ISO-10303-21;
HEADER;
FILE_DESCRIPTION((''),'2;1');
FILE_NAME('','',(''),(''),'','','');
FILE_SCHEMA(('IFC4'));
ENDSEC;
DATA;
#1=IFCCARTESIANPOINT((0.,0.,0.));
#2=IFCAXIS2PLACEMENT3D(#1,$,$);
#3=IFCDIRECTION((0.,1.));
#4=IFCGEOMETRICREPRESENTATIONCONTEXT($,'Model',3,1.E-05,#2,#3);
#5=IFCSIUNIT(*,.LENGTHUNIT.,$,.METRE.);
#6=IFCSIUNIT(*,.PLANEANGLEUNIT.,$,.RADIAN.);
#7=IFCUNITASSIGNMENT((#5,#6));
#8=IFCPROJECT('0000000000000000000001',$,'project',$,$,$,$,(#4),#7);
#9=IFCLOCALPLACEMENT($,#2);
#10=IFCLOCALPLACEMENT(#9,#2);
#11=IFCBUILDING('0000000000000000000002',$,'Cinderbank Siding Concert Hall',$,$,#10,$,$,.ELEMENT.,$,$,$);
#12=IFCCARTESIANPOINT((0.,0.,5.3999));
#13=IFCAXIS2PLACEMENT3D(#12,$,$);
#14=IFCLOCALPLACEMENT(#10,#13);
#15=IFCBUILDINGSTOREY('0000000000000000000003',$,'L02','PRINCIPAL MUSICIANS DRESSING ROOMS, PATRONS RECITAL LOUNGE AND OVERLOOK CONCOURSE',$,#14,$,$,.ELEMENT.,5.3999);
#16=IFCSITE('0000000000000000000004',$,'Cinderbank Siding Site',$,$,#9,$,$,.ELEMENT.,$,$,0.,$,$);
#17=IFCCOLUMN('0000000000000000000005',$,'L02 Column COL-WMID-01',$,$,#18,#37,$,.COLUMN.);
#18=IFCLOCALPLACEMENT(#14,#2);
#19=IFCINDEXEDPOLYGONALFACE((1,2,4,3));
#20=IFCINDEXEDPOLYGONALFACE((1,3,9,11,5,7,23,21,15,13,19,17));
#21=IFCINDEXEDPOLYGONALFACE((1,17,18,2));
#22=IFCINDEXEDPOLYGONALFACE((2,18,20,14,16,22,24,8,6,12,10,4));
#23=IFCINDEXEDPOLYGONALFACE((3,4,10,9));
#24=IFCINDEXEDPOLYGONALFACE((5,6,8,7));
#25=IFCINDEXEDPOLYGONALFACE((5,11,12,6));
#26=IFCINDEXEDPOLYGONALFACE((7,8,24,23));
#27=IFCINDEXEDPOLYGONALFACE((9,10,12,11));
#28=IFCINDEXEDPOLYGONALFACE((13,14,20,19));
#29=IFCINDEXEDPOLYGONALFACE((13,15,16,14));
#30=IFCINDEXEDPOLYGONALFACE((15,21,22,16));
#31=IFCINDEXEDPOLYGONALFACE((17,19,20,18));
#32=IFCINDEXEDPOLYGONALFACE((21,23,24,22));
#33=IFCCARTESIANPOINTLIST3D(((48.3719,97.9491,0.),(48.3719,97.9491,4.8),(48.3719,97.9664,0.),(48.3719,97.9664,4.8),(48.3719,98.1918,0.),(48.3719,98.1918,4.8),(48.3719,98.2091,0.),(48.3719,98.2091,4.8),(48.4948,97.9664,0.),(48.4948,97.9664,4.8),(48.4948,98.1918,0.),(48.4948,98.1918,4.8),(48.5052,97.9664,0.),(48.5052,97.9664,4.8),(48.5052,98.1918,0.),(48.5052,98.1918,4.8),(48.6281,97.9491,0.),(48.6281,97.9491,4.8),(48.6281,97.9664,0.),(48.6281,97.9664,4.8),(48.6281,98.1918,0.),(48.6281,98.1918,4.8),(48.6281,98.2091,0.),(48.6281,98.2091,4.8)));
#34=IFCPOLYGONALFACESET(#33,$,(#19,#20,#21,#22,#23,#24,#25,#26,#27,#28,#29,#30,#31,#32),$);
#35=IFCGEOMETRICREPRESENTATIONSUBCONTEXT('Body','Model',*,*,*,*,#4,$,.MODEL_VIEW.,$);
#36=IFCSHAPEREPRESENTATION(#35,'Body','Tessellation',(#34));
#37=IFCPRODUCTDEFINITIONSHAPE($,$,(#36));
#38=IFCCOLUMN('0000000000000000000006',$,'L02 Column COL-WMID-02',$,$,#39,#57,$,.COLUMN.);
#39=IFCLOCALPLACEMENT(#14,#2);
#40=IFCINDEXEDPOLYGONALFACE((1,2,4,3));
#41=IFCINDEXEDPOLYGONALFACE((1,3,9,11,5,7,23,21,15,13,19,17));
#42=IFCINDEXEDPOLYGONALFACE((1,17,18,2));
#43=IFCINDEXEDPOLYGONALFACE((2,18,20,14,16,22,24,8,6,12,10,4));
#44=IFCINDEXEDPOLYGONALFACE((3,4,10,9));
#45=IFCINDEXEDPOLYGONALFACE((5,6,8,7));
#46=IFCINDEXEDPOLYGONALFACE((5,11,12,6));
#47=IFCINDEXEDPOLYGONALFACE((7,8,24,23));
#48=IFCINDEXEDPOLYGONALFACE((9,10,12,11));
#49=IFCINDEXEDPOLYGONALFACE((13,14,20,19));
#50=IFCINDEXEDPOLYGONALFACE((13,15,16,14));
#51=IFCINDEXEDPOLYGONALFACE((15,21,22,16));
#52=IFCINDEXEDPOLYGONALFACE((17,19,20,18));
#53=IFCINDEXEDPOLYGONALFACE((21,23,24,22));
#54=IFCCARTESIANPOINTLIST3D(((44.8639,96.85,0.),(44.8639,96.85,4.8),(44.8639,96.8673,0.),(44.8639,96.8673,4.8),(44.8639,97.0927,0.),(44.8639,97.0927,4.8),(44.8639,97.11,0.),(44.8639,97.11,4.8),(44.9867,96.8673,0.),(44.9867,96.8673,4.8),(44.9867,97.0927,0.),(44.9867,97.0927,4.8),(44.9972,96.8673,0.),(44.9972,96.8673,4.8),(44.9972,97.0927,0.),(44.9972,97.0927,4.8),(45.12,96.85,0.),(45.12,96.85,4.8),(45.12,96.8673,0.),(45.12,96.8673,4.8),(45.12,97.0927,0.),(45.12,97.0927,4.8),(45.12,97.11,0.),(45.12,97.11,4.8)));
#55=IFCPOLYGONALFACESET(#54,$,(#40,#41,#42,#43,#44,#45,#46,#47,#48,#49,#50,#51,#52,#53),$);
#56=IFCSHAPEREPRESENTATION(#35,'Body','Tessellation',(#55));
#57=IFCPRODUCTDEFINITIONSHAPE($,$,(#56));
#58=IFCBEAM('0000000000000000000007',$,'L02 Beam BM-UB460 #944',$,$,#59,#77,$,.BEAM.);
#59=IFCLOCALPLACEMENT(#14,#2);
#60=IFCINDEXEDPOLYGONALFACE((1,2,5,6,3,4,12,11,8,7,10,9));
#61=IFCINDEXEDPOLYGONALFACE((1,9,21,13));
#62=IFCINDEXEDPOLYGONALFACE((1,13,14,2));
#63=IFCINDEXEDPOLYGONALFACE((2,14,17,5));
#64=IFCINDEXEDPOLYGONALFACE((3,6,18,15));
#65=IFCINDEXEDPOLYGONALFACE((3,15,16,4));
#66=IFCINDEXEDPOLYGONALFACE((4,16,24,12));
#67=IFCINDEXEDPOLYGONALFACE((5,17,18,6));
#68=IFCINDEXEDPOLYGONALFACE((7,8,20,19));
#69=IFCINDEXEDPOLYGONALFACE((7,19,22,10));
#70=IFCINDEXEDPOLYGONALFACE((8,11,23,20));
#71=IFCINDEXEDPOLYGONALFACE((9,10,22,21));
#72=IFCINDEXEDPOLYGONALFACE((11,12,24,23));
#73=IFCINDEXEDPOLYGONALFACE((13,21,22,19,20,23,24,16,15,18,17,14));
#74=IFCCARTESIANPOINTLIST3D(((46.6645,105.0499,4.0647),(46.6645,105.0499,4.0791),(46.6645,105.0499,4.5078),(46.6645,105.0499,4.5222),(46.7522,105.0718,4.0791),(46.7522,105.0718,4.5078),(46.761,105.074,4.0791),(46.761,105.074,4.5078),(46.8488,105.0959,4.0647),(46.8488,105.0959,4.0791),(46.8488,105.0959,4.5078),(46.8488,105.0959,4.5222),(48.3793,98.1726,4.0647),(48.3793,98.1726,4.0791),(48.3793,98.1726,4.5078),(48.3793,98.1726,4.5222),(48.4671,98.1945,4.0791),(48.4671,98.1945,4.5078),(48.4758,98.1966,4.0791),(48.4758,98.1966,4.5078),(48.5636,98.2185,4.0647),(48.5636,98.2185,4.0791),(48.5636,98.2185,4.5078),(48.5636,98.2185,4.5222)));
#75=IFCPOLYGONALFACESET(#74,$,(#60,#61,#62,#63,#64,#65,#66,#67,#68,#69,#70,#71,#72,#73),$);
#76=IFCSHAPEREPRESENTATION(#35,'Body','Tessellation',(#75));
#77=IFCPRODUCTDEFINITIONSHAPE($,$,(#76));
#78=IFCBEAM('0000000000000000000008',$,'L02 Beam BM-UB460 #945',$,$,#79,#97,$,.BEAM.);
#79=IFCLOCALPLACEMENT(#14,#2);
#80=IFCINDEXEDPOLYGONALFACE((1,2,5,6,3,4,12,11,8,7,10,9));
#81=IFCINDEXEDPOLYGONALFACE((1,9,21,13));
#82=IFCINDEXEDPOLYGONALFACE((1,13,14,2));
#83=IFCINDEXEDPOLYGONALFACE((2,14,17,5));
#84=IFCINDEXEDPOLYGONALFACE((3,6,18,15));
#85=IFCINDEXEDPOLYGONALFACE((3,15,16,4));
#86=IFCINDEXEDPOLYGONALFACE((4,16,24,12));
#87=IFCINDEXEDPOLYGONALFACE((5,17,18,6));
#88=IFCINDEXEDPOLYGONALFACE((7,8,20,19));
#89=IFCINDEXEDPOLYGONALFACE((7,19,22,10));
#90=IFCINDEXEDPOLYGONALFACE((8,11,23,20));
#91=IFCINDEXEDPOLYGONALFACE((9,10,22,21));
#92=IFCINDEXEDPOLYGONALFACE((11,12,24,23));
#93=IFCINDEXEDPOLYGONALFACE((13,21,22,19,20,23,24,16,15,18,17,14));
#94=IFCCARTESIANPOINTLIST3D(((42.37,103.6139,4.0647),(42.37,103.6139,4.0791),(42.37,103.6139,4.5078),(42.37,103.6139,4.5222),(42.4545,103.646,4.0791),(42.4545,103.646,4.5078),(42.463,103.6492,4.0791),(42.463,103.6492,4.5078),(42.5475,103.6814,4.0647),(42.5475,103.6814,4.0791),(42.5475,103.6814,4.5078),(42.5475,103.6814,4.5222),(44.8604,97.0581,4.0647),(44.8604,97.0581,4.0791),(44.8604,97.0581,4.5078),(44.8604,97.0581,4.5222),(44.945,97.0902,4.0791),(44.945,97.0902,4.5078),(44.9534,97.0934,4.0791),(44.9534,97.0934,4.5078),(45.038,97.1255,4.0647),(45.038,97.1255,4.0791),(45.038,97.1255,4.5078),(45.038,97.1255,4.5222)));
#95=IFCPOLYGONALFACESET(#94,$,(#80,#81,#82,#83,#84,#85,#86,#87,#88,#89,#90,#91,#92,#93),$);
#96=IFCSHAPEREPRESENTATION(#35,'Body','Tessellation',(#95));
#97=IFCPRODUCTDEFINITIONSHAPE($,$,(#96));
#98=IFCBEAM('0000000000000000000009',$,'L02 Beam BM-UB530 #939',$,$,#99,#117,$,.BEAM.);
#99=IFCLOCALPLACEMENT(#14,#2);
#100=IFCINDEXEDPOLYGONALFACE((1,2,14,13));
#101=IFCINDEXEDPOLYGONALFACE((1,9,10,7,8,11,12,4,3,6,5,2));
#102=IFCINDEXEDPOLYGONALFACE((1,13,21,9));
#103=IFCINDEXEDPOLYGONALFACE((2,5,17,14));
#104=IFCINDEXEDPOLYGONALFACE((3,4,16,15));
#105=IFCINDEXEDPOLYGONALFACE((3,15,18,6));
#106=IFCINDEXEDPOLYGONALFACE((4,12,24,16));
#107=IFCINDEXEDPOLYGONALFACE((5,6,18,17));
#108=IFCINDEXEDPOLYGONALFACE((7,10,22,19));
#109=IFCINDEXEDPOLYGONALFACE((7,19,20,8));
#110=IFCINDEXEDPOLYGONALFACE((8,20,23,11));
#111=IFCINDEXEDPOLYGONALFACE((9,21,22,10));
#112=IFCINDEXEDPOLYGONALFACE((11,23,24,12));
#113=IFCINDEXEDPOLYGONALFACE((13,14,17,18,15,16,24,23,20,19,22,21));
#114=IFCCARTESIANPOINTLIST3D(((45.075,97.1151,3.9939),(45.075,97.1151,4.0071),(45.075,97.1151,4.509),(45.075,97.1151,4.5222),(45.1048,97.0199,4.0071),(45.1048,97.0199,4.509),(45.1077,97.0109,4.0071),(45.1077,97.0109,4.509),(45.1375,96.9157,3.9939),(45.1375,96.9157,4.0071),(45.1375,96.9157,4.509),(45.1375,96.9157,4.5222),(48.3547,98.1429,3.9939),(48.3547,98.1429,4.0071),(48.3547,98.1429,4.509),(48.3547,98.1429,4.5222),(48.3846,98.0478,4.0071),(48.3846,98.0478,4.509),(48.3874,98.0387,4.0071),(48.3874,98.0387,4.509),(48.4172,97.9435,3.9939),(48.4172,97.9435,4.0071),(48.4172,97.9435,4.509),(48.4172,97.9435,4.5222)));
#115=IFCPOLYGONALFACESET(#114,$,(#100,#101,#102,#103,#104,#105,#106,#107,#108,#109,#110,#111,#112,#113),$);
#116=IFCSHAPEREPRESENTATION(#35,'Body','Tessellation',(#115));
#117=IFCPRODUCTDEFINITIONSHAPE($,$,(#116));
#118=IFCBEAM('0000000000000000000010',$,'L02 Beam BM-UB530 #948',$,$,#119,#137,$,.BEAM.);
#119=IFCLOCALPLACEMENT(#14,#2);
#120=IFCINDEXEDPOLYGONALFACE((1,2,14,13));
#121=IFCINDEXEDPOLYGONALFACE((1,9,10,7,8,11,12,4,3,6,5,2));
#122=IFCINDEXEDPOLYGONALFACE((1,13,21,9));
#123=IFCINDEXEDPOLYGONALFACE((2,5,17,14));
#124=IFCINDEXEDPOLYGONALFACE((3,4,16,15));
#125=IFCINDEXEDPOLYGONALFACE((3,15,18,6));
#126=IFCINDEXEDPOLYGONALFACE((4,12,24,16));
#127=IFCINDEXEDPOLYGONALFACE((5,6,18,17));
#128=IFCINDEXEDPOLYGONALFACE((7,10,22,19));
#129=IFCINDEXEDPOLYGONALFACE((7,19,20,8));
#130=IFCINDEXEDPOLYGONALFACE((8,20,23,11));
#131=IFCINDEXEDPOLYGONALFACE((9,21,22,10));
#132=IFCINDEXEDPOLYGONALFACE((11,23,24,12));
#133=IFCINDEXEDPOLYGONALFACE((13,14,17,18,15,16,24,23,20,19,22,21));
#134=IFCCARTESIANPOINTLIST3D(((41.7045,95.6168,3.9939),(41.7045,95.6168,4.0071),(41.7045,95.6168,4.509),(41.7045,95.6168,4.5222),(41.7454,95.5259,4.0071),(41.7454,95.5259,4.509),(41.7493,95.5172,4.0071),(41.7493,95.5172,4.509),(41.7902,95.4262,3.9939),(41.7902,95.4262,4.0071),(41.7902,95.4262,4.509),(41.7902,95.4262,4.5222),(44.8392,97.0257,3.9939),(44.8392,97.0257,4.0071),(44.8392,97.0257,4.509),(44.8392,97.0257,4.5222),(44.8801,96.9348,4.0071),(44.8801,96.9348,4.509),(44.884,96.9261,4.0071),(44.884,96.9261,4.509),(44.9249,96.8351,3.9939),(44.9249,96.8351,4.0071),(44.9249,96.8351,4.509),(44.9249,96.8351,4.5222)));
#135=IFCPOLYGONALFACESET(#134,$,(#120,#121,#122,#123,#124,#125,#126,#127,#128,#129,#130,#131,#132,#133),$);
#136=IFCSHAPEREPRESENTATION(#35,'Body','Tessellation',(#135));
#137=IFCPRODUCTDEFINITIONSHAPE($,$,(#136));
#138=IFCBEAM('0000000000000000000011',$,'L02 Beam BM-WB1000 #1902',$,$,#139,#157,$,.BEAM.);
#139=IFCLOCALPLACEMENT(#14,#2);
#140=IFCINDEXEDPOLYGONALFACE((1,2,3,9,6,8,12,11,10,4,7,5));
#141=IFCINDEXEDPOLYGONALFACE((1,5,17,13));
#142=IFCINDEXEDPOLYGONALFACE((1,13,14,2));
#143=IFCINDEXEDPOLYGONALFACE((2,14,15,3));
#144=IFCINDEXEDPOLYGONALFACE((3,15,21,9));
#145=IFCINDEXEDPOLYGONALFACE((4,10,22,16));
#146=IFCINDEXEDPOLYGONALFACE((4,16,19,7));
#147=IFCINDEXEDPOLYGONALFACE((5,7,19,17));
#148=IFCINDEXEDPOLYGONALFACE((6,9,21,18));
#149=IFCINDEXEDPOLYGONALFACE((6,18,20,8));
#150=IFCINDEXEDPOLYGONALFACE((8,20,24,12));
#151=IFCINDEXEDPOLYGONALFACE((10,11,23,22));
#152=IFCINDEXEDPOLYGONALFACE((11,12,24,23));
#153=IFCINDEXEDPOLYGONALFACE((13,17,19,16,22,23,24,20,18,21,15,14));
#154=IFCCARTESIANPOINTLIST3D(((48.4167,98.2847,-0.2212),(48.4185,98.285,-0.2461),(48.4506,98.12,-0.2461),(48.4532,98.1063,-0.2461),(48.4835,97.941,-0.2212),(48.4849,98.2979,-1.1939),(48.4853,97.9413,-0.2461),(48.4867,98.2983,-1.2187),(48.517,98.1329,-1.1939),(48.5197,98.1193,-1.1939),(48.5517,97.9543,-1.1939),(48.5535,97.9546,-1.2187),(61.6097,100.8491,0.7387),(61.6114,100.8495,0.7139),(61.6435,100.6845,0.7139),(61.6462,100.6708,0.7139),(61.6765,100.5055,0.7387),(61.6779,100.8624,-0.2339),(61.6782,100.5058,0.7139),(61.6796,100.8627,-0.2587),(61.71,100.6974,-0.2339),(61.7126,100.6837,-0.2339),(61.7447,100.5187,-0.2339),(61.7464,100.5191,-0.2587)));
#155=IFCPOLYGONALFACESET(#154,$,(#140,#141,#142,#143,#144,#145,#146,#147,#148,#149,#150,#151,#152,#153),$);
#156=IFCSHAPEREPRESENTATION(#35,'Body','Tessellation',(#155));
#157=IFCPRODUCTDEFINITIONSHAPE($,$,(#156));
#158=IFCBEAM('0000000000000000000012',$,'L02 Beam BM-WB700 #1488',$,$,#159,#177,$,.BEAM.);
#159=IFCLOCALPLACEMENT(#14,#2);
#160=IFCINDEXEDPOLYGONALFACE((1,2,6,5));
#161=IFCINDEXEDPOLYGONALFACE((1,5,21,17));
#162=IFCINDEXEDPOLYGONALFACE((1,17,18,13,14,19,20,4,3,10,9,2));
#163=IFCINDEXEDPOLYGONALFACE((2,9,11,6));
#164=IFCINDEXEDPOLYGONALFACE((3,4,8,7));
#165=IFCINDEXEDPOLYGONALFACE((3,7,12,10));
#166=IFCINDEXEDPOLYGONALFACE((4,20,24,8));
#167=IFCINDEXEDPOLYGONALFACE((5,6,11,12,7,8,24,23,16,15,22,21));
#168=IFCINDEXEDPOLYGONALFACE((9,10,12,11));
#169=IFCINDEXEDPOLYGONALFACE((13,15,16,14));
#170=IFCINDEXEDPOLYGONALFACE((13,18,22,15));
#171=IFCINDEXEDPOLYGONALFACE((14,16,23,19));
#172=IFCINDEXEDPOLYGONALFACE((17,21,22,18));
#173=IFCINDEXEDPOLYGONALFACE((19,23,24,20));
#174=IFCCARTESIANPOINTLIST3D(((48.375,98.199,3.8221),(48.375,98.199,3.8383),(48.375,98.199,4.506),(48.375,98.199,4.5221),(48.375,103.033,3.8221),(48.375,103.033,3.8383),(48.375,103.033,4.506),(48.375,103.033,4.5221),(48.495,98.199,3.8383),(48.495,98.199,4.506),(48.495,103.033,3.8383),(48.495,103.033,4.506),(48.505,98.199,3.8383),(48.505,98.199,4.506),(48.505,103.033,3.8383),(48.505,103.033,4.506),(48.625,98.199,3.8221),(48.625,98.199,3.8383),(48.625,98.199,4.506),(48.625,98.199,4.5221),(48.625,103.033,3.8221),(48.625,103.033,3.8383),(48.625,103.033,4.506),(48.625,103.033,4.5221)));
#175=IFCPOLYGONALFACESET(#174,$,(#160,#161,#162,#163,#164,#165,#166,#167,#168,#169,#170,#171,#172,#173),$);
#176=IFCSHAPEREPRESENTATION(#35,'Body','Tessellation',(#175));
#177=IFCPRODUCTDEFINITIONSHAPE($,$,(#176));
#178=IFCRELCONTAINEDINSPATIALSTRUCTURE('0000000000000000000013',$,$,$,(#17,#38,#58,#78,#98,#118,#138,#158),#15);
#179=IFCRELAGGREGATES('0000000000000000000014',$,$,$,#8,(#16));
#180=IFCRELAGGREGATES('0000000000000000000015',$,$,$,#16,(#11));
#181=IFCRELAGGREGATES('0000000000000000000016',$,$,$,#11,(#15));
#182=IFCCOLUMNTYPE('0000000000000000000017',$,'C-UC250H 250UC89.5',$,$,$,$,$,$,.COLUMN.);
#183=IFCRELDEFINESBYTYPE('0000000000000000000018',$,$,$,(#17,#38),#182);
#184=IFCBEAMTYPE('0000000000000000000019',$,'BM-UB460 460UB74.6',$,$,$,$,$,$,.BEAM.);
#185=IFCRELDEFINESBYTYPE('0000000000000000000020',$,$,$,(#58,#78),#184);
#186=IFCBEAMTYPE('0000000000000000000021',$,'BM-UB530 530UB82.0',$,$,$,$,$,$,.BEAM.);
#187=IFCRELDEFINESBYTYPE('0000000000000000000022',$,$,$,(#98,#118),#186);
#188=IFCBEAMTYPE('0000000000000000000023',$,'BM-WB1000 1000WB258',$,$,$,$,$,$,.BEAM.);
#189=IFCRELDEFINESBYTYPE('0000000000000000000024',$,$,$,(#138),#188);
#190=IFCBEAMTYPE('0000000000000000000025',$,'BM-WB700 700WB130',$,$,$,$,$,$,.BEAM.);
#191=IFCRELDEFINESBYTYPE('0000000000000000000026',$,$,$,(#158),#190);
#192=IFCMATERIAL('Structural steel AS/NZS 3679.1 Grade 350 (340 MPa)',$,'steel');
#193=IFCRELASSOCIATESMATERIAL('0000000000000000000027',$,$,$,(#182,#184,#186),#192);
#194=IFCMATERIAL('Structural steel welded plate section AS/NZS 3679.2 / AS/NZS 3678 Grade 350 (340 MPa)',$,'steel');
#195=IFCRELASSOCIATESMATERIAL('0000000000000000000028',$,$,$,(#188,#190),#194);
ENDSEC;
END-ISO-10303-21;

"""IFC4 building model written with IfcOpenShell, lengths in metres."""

from ifc_helpers import new_model, si_unit, direction, frame, origin, origin_2d, place, context, subcontext, project, spatial, i_section, extrude, material, material_profile, profile_set, type_object, element, save


model = new_model("IFC4")

# Units and contexts
model_context = context("Model", 3, precision=1e-05, world=origin(), true_north=direction((0.0, 1.0)))
body_context = subcontext(model_context, "Body", "Model", "MODEL_VIEW")
ifc_project = project(units=[si_unit("LENGTHUNIT", "METRE"), si_unit("PLANEANGLEUNIT", "RADIAN")], contexts=[model_context])

# Site, building, storey
site_placement = place(None, origin())
site = spatial("IfcSite", under=ifc_project, at=site_placement, Name="Cinderbank Siding Site", CompositionType="ELEMENT", RefElevation=0.0)
building_placement = place(site_placement, origin())
building = spatial("IfcBuilding", under=site, at=building_placement, Name="Cinderbank Siding Concert Hall", CompositionType="ELEMENT")
storey_placement = place(building_placement, frame((0.0, 0.0, 5.3999)))
storey = spatial("IfcBuildingStorey", under=building, at=storey_placement, Name="L02", Description="PRINCIPAL MUSICIANS DRESSING ROOMS, PATRONS RECITAL LOUNGE AND OVERLOOK CONCOURSE", CompositionType="ELEMENT", Elevation=5.3999)

# Columns
ifc_material_1 = material(Name="Structural steel AS/NZS 3679.1 Grade 350 (340 MPa)", Category="steel")
ifc_material_profile_1 = material_profile(ifc_material_1, i_section(OverallWidth=0.2561, OverallDepth=0.26, WebThickness=0.0105, FlangeThickness=0.0173, at=origin_2d()), Name="250UC89.5", Category="LoadBearing")
ifc_profile_set_1 = profile_set([ifc_material_profile_1], Name="Structural steel AS/NZS 3679.1 Grade 350 (340 MPa)")
column_type = type_object("IfcColumnType", Name="C-UC250H 250UC89.5", PredefinedType="COLUMN", material=ifc_profile_set_1)
for number, where, z_axis, x_axis, name in (
    (1, (48.5, 98.0791, 0.0), (0.0, 0.0, 1.0), (1.0, 0.0, 0.0), "L02 Column COL-WMID-01"),
    (2, (44.9919, 96.98, 0.0), (0.0, 0.0, 1.0), (1.0, 0.0, 0.0), "L02 Column COL-WMID-02"),
):
    element("IfcColumn", number, at=place(storey_placement, frame(where, z_axis=z_axis, x_axis=x_axis)), inside=storey, type_object=column_type, Name=name, PredefinedType="COLUMN", context=body_context, shape_type="SweptSolid", body=[
        extrude(i_section(OverallWidth=0.2561, OverallDepth=0.26, WebThickness=0.0105, FlangeThickness=0.0173, at=origin_2d()), origin(), (0.0, 0.0, 1.0), 4.8),
    ])

# Beams
ifc_material_profile_2 = material_profile(ifc_material_1, i_section(OverallWidth=0.1899, OverallDepth=0.4575, WebThickness=0.009, FlangeThickness=0.0144, at=origin_2d()), Name="460UB74.6", Category="LoadBearing")
ifc_profile_set_2 = profile_set([ifc_material_profile_2], Name="Structural steel AS/NZS 3679.1 Grade 350 (340 MPa)")
beam_type_1 = type_object("IfcBeamType", Name="BM-UB460 460UB74.6", PredefinedType="BEAM", material=ifc_profile_set_2)
beam_1_placement = place(storey_placement, frame((48.4714, 98.1956, 4.2935), z_axis=(-0.241936, 0.970292, 0.0), x_axis=(-0.970292, -0.241936, 0.0)))
element("IfcBeam", 3, at=beam_1_placement, inside=storey, type_object=beam_type_1, Name="L02 Beam BM-UB460 #944", PredefinedType="BEAM", context=body_context, shape_type="SweptSolid", body=[
    extrude(i_section(OverallWidth=0.1899, OverallDepth=0.4575, WebThickness=0.009, FlangeThickness=0.0144, at=origin_2d()), origin(), (0.0, 0.0, 1.0), 7.0879),
])
beam_2_placement = place(storey_placement, frame((44.9492, 97.0918, 4.2935), z_axis=(-0.355122, 0.93482, 0.0), x_axis=(-0.93482, -0.355122, 0.0)))
element("IfcBeam", 4, at=beam_2_placement, inside=storey, type_object=beam_type_1, Name="L02 Beam BM-UB460 #945", PredefinedType="BEAM", context=body_context, shape_type="SweptSolid", body=[
    extrude(i_section(OverallWidth=0.1899, OverallDepth=0.4575, WebThickness=0.009, FlangeThickness=0.0144, at=origin_2d()), origin(), (0.0, 0.0, 1.0), 7.0129),
])
ifc_material_profile_3 = material_profile(ifc_material_1, i_section(OverallWidth=0.209, OverallDepth=0.5283, WebThickness=0.0095, FlangeThickness=0.0132, at=origin_2d()), Name="530UB82.0", Category="LoadBearing")
ifc_profile_set_3 = profile_set([ifc_material_profile_3], Name="Structural steel AS/NZS 3679.1 Grade 350 (340 MPa)")
beam_type_2 = type_object("IfcBeamType", Name="BM-UB530 530UB82.0", PredefinedType="BEAM", material=ifc_profile_set_3)
beam_3_placement = place(storey_placement, frame((48.386, 98.0432, 4.2581), z_axis=(-0.95424, -0.299043, 0.0), x_axis=(0.299043, -0.95424, 0.0)))
element("IfcBeam", 5, at=beam_3_placement, inside=storey, type_object=beam_type_2, Name="L02 Beam BM-UB530 #939", PredefinedType="BEAM", context=body_context, shape_type="SweptSolid", body=[
    extrude(i_section(OverallWidth=0.209, OverallDepth=0.5283, WebThickness=0.0095, FlangeThickness=0.0132, at=origin_2d()), origin(), (0.0, 0.0, 1.0), 3.437),
])
beam_4_placement = place(storey_placement, frame((44.8821, 96.9304, 4.2581), z_axis=(-0.912107, -0.409951, 0.0), x_axis=(0.409951, -0.912107, 0.0)))
element("IfcBeam", 6, at=beam_4_placement, inside=storey, type_object=beam_type_2, Name="L02 Beam BM-UB530 #948", PredefinedType="BEAM", context=body_context, shape_type="SweptSolid", body=[
    extrude(i_section(OverallWidth=0.209, OverallDepth=0.5283, WebThickness=0.0095, FlangeThickness=0.0132, at=origin_2d()), origin(), (0.0, 0.0, 1.0), 3.4368),
])
ifc_material_2 = material(Name="Structural steel welded plate section AS/NZS 3679.2 / AS/NZS 3678 Grade 350 (340 MPa)", Category="steel")
ifc_material_profile_4 = material_profile(ifc_material_2, i_section(OverallWidth=0.3501, OverallDepth=1.0, WebThickness=0.0139, FlangeThickness=0.0249, at=origin_2d()), Name="1000WB258", Category="LoadBearing")
ifc_profile_set_4 = profile_set([ifc_material_profile_4], Name="Structural steel welded plate section AS/NZS 3679.2 / AS/NZS 3678 Grade 350 (340 MPa)")
beam_type_3 = type_object("IfcBeamType", Name="BM-WB1000 1000WB258", PredefinedType="BEAM", material=ifc_profile_set_4)
beam_5_placement = place(storey_placement, frame((48.4851, 98.1196, -0.72), z_axis=(0.979132, 0.190325, 0.071245), x_axis=(-0.19081, 0.981627, 0.0)))
element("IfcBeam", 7, at=beam_5_placement, inside=storey, type_object=beam_type_3, Name="L02 Beam BM-WB1000 #1902", PredefinedType="BEAM", context=body_context, shape_type="SweptSolid", body=[
    extrude(i_section(OverallWidth=0.3501, OverallDepth=1.0, WebThickness=0.0139, FlangeThickness=0.0249, at=origin_2d()), origin(), (0.0, 0.0, 1.0), 13.4741),
])
ifc_material_profile_5 = material_profile(ifc_material_2, i_section(OverallWidth=0.25, OverallDepth=0.7, WebThickness=0.01, FlangeThickness=0.0161, at=origin_2d()), Name="700WB130", Category="LoadBearing")
ifc_profile_set_5 = profile_set([ifc_material_profile_5], Name="Structural steel welded plate section AS/NZS 3679.2 / AS/NZS 3678 Grade 350 (340 MPa)")
beam_type_4 = type_object("IfcBeamType", Name="BM-WB700 700WB130", PredefinedType="BEAM", material=ifc_profile_set_5)
beam_6_placement = place(storey_placement, frame((48.5, 98.199, 4.1721), z_axis=(0.0, 1.0, 0.0), x_axis=(-1.0, 0.0, 0.0)))
element("IfcBeam", 8, at=beam_6_placement, inside=storey, type_object=beam_type_4, Name="L02 Beam BM-WB700 #1488", PredefinedType="BEAM", context=body_context, shape_type="SweptSolid", body=[
    extrude(i_section(OverallWidth=0.25, OverallDepth=0.7, WebThickness=0.01, FlangeThickness=0.0161, at=origin_2d()), origin(), (0.0, 0.0, 1.0), 4.834),
])

save(model, "model.ifc")
